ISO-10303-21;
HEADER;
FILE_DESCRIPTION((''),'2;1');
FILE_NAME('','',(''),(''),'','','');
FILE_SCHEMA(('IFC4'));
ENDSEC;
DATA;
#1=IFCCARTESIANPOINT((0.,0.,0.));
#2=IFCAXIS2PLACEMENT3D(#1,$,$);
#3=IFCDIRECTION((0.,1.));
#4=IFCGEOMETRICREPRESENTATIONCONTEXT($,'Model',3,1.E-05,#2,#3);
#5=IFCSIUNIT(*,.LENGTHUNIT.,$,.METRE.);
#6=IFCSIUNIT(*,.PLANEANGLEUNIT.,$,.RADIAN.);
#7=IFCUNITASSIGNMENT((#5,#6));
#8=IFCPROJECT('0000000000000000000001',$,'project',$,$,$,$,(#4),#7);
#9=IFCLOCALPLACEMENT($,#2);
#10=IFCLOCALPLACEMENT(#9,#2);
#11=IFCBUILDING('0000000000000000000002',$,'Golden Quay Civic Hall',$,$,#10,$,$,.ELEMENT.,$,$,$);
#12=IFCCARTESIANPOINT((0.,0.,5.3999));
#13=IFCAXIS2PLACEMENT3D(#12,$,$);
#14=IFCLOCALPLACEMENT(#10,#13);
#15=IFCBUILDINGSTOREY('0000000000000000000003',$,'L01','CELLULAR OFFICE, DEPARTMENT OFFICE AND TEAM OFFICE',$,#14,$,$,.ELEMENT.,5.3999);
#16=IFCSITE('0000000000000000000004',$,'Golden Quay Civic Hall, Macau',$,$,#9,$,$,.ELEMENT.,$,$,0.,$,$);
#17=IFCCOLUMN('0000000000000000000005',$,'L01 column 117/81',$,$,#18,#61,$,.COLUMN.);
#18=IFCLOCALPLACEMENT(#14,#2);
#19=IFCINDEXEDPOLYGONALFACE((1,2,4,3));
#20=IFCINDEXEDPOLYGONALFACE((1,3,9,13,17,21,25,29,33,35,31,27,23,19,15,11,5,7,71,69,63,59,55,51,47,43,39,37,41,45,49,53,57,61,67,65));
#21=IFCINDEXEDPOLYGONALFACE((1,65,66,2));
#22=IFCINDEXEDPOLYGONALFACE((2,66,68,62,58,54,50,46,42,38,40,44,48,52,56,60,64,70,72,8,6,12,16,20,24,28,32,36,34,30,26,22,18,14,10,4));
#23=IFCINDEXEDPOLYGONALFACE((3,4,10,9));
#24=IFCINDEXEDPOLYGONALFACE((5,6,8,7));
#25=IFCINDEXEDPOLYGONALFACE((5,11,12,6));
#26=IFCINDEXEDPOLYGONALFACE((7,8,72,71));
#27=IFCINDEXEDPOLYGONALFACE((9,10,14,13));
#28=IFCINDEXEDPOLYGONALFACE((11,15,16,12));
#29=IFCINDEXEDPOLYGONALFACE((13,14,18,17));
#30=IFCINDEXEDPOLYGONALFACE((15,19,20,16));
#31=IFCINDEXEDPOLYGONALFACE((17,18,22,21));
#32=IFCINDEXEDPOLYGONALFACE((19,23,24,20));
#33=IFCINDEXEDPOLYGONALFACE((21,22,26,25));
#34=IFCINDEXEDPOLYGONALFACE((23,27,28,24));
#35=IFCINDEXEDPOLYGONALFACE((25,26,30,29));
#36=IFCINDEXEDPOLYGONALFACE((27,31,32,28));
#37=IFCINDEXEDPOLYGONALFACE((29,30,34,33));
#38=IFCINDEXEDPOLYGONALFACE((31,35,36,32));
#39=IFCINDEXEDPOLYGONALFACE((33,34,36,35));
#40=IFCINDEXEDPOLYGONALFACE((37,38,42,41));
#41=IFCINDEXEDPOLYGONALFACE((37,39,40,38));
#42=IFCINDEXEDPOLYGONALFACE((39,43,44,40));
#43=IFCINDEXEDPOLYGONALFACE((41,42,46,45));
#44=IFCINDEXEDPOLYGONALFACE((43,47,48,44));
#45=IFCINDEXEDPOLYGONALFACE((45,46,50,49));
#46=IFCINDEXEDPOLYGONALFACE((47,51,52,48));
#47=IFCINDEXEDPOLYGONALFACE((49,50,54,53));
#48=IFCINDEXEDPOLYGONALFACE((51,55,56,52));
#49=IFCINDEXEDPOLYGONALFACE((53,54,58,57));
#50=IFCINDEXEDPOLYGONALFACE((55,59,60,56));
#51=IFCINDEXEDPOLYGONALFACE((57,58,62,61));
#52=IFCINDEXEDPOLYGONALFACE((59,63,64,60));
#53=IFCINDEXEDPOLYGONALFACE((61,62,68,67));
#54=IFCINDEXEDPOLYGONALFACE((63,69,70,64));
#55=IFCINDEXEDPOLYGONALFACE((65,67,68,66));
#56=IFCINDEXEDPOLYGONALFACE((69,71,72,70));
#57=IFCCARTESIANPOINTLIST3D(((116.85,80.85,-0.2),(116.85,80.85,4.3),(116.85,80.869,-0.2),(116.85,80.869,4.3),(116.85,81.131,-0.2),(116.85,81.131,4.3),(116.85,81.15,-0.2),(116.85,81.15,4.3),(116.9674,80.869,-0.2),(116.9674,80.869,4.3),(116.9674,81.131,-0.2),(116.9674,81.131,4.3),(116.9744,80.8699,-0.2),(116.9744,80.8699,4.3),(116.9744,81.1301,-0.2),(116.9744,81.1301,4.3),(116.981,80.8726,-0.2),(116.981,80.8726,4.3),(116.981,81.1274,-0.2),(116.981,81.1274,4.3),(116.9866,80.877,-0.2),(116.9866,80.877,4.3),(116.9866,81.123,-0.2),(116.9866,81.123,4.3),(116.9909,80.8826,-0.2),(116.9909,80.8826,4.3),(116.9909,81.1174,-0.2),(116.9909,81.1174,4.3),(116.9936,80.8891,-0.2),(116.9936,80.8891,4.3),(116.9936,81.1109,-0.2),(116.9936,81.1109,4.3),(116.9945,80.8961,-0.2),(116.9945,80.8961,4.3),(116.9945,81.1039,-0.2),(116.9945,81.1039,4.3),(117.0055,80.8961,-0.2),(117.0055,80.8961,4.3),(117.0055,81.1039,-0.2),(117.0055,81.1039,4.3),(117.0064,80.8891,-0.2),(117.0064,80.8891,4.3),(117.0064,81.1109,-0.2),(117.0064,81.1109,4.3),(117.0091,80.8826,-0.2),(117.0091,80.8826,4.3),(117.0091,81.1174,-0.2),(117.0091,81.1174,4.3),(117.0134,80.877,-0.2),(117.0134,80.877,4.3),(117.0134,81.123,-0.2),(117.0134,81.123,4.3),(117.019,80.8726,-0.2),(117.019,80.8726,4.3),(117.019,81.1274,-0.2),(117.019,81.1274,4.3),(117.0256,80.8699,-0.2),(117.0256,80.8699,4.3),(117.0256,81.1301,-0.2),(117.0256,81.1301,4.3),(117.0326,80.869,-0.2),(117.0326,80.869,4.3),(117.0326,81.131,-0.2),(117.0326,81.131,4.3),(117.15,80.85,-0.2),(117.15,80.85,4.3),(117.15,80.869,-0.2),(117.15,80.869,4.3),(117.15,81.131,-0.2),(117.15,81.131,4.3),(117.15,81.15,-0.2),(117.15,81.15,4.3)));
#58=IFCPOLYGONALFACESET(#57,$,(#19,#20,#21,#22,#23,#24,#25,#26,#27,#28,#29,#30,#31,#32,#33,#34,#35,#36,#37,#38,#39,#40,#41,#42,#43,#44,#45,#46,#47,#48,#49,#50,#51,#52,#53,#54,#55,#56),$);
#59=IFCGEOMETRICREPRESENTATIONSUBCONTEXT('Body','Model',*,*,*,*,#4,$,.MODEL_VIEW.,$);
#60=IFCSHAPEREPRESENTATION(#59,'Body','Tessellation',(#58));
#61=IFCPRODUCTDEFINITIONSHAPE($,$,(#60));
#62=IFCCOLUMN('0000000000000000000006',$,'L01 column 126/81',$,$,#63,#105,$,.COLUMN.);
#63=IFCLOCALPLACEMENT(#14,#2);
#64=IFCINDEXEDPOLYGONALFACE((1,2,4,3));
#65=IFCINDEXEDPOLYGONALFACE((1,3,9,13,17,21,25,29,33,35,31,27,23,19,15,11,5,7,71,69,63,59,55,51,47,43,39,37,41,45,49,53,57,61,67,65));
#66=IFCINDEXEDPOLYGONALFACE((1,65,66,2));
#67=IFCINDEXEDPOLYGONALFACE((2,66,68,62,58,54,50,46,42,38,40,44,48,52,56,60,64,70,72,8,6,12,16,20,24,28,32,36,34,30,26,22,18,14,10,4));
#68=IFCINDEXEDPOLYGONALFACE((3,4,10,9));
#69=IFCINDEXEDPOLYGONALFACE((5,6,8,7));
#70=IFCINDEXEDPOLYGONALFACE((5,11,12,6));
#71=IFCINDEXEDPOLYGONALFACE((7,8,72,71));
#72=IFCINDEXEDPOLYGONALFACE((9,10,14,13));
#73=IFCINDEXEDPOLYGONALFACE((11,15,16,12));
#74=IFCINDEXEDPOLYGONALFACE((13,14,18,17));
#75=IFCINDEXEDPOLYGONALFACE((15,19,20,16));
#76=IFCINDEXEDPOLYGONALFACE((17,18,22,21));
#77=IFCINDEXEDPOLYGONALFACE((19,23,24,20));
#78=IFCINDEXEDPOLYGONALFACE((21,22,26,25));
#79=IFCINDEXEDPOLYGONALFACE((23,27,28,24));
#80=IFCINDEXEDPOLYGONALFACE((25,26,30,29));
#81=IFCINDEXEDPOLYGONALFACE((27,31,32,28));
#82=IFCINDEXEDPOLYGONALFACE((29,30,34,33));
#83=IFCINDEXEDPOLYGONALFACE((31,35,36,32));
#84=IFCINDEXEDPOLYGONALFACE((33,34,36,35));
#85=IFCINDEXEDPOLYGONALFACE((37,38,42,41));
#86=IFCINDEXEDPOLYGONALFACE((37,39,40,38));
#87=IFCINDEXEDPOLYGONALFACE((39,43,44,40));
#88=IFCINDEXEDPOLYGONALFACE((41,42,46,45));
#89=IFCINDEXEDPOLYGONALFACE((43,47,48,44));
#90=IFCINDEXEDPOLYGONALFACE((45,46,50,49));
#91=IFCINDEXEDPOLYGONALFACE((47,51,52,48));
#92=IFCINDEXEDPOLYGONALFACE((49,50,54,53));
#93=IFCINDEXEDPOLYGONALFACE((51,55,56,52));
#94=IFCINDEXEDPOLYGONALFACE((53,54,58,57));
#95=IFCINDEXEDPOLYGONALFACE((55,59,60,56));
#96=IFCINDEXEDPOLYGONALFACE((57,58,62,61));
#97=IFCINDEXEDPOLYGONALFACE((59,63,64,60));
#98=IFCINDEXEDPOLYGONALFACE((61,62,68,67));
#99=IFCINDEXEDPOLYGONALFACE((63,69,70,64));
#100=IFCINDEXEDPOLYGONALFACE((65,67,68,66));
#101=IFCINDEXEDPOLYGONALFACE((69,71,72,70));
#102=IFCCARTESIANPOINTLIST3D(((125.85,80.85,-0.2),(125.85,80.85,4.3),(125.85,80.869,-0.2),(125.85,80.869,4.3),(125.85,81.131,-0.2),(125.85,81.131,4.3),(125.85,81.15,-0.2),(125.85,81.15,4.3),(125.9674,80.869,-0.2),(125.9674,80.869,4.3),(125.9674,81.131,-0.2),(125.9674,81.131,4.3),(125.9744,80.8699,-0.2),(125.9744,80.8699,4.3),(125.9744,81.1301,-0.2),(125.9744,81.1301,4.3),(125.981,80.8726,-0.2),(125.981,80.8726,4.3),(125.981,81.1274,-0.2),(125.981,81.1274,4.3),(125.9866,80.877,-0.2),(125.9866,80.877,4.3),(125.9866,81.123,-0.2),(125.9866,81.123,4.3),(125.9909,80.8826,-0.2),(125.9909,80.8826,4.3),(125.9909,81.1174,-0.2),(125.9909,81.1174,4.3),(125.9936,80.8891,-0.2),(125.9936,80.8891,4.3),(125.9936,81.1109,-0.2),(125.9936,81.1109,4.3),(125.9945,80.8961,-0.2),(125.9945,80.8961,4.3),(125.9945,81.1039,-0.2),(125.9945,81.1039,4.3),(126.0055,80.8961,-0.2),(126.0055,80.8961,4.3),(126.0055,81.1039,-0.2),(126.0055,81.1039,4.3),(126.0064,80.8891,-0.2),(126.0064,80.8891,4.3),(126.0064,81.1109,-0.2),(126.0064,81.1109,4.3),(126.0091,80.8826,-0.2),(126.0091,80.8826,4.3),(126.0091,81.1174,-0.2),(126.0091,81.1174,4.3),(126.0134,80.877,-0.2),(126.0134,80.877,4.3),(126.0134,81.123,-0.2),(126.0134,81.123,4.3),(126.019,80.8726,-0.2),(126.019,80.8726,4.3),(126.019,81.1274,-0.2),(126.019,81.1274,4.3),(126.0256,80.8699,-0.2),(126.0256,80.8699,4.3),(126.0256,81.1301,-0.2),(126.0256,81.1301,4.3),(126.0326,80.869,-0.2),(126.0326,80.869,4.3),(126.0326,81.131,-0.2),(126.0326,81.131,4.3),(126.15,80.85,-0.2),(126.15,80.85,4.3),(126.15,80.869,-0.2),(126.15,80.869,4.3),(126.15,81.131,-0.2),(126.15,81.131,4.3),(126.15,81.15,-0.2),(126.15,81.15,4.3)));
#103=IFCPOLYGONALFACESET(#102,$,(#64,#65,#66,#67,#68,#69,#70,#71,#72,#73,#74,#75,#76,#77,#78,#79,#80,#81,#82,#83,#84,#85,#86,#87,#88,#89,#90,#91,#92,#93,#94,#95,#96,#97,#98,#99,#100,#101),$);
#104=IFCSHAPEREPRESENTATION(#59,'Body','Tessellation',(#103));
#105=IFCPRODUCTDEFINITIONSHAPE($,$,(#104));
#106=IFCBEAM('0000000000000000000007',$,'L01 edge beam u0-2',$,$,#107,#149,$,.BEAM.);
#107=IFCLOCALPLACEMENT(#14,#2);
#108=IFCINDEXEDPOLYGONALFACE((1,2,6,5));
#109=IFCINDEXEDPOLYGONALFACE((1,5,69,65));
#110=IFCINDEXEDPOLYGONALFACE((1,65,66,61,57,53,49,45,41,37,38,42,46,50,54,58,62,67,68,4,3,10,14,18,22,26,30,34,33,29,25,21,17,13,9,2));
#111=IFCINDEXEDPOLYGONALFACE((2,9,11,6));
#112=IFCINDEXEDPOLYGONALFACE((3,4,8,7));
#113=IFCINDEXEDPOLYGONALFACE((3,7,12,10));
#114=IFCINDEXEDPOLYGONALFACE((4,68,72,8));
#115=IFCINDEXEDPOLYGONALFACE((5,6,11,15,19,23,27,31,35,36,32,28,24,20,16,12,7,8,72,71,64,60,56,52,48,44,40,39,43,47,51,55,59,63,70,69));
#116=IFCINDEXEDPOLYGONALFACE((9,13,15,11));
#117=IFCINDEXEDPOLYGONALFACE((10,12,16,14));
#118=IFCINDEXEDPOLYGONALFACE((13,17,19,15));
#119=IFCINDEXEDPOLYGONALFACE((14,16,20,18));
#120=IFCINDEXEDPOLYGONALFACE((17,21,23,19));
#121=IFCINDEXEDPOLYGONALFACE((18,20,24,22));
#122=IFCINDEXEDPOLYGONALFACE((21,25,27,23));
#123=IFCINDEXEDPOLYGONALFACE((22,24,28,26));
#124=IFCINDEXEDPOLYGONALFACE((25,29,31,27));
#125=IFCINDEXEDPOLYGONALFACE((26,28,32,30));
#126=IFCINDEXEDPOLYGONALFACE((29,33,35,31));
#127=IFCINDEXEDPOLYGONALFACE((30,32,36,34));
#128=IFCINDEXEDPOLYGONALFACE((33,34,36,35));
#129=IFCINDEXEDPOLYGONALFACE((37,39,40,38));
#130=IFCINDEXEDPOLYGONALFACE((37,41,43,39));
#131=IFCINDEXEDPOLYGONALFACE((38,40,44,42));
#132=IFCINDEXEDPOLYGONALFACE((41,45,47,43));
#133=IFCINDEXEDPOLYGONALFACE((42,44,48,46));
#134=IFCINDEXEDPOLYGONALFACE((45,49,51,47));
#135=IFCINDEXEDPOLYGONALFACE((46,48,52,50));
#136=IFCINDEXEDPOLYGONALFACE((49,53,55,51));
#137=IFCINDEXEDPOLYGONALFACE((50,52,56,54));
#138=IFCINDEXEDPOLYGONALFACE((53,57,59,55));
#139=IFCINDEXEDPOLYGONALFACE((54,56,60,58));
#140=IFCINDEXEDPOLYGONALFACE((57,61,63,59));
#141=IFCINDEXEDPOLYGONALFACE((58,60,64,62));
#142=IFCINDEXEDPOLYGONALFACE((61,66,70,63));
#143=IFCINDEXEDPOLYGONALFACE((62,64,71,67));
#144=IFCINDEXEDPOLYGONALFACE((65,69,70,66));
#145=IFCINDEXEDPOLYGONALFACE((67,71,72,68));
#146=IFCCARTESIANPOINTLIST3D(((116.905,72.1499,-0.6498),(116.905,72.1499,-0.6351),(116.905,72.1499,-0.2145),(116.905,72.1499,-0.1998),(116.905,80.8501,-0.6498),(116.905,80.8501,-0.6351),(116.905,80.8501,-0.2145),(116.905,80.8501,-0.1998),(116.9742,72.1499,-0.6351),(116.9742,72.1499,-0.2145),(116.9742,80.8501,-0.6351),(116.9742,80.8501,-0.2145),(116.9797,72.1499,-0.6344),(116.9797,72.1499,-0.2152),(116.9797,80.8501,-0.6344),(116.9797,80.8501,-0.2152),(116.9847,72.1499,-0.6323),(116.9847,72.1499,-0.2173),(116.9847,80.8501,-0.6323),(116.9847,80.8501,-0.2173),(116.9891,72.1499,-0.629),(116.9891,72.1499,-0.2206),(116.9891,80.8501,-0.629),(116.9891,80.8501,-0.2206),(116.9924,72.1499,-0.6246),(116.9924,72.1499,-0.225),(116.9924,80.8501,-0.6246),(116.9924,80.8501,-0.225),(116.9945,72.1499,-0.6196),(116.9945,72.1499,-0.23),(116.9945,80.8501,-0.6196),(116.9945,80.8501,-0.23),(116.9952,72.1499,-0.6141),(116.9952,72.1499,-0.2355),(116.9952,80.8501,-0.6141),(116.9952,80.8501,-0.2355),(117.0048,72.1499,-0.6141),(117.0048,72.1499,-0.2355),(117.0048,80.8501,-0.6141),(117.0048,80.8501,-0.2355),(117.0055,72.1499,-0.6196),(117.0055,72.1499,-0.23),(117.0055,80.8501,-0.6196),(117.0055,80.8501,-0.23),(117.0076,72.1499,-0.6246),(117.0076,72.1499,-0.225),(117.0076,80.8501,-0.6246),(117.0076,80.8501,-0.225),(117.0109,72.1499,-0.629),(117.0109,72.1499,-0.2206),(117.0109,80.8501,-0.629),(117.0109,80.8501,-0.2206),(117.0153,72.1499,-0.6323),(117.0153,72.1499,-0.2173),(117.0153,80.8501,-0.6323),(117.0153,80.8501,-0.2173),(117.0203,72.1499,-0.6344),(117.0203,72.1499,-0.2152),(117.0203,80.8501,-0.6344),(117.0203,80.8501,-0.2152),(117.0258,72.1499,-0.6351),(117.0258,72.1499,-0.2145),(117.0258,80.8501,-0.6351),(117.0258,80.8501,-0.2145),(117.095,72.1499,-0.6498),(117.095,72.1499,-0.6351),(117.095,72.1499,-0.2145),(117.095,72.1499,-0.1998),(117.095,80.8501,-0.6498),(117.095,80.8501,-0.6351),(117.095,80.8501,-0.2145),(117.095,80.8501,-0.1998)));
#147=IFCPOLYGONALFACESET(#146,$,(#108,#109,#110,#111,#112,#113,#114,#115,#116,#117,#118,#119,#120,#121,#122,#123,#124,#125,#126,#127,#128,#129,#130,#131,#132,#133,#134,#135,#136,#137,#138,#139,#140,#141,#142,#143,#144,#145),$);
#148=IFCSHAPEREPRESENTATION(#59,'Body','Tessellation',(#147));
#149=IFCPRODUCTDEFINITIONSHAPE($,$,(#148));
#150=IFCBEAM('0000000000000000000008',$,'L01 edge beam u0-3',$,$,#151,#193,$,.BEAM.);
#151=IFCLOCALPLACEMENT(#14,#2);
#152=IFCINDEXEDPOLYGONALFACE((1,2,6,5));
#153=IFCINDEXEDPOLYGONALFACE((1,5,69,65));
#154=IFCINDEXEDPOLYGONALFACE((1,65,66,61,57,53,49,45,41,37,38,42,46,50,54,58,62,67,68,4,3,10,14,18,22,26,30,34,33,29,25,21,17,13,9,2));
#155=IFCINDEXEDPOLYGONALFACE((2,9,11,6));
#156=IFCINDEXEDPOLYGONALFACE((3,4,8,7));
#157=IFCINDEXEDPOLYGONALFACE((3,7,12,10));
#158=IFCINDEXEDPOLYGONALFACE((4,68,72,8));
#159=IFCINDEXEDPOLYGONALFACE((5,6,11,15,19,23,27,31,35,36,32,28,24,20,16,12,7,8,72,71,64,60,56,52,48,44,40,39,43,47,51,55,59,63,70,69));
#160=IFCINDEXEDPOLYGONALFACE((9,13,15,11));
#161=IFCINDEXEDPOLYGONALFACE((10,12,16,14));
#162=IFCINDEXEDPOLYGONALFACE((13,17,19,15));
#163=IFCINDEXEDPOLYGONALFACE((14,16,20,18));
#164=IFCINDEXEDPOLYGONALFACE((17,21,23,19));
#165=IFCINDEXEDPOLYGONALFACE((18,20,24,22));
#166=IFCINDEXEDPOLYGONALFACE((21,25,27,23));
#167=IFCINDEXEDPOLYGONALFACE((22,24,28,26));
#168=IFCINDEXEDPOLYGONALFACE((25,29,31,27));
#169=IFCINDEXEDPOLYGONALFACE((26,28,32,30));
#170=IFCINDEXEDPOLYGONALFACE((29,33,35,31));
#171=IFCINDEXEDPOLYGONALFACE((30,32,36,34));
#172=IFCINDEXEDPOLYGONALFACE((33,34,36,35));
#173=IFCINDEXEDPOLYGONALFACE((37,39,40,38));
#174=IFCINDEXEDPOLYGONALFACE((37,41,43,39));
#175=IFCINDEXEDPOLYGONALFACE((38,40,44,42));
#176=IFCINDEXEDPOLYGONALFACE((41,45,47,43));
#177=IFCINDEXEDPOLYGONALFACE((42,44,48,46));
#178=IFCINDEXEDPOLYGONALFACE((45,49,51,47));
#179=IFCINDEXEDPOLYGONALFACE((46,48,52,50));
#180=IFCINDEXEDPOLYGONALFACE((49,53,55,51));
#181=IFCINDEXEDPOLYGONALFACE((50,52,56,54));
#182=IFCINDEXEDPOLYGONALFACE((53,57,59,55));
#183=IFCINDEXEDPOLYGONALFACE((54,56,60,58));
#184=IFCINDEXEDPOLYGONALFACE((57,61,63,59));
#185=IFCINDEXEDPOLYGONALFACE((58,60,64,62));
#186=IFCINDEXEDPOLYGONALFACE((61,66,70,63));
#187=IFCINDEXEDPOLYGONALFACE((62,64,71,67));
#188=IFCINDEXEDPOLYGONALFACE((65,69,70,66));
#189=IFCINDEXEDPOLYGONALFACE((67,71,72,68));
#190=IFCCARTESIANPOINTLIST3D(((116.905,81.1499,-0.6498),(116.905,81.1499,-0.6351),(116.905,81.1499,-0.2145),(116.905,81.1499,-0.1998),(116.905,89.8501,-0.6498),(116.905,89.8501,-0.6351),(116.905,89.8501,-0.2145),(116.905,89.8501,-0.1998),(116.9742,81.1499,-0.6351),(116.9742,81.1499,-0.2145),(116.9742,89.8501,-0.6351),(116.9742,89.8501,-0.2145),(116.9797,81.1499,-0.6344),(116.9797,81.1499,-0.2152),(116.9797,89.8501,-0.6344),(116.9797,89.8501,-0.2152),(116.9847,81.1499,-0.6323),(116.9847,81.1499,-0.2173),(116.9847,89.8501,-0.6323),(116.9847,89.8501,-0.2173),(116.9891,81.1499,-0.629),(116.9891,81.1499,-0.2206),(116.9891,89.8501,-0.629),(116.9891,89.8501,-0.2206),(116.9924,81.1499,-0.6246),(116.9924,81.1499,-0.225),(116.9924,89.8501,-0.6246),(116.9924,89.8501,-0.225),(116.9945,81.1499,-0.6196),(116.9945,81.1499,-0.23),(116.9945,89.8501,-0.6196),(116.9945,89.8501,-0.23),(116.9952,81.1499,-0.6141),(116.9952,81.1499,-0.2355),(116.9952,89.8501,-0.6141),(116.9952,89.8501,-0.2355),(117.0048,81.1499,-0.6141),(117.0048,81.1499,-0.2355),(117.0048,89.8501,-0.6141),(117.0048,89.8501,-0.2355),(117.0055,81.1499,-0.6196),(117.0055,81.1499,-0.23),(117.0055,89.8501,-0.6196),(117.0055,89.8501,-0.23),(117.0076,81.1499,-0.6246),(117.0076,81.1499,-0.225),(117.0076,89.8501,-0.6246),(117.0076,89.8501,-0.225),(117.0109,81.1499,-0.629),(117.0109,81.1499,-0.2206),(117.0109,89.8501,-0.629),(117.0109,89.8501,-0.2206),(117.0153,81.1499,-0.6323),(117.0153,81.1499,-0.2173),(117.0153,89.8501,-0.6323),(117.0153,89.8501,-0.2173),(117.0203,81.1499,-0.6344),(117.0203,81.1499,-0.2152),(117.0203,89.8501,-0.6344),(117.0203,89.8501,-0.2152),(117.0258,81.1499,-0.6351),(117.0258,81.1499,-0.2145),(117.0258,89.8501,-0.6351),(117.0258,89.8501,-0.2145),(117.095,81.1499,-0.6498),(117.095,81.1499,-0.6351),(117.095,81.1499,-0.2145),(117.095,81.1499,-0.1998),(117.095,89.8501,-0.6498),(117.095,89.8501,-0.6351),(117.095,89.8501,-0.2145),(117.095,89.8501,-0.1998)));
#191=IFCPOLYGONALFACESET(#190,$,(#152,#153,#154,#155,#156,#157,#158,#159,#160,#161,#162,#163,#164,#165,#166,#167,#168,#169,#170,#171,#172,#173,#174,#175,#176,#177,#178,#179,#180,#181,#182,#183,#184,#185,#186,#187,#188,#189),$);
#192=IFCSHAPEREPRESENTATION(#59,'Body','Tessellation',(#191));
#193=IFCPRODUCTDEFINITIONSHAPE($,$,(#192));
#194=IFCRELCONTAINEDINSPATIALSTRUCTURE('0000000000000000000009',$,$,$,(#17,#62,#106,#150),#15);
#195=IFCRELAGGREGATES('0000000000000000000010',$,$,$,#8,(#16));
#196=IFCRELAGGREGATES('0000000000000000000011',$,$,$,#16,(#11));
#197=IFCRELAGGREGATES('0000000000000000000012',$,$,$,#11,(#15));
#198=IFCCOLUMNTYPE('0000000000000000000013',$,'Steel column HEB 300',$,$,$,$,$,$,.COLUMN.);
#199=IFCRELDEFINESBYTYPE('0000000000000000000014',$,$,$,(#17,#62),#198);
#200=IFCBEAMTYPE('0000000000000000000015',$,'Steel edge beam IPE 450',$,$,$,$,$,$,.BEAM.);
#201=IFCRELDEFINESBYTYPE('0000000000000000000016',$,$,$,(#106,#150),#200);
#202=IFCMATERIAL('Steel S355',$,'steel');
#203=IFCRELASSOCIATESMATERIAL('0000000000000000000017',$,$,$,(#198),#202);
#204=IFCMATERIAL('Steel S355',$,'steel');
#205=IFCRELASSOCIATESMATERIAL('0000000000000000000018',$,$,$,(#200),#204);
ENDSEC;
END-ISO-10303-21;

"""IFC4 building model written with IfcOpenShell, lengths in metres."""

from ifc_helpers import new_model, si_unit, direction, frame, origin, origin_2d, place, context, subcontext, project, spatial, i_section, extrude, material, material_profile, profile_set, type_object, element, save


model = new_model("IFC4")

# Units and contexts
model_context = context("Model", 3, precision=1e-05, world=origin(), true_north=direction((0.0, 1.0)))
body_context = subcontext(model_context, "Body", "Model", "MODEL_VIEW")
ifc_project = project(units=[si_unit("LENGTHUNIT", "METRE"), si_unit("PLANEANGLEUNIT", "RADIAN")], contexts=[model_context])

# Site, building, storey
site_placement = place(None, origin())
site = spatial("IfcSite", under=ifc_project, at=site_placement, Name="Golden Quay Civic Hall, Macau", CompositionType="ELEMENT", RefElevation=0.0)
building_placement = place(site_placement, origin())
building = spatial("IfcBuilding", under=site, at=building_placement, Name="Golden Quay Civic Hall", CompositionType="ELEMENT")
storey_placement = place(building_placement, frame((0.0, 0.0, 5.3999)))
storey = spatial("IfcBuildingStorey", under=building, at=storey_placement, Name="L01", Description="CELLULAR OFFICE, DEPARTMENT OFFICE AND TEAM OFFICE", CompositionType="ELEMENT", Elevation=5.3999)

# Columns
ifc_material_1 = material(Name="Steel S355", Category="steel")
ifc_material_profile_1 = material_profile(ifc_material_1, i_section(OverallWidth=0.3, OverallDepth=0.3, WebThickness=0.011, FlangeThickness=0.019, FilletRadius=0.0271, at=origin_2d()), Name="HEB 300")
ifc_profile_set_1 = profile_set([ifc_material_profile_1], Name="Steel S355")
column_type = type_object("IfcColumnType", Name="Steel column HEB 300", PredefinedType="COLUMN", material=ifc_profile_set_1)
for number, where, z_axis, x_axis, name in (
    (1, (117.0, 81.0, -0.2), (0.0, 0.0, 1.0), (1.0, 0.0, 0.0), "L01 column 117/81"),
    (2, (126.0, 81.0, -0.2), (0.0, 0.0, 1.0), (1.0, 0.0, 0.0), "L01 column 126/81"),
):
    element("IfcColumn", number, at=place(storey_placement, frame(where, z_axis=z_axis, x_axis=x_axis)), inside=storey, type_object=column_type, Name=name, PredefinedType="COLUMN", context=body_context, shape_type="SweptSolid", body=[
        extrude(i_section(OverallWidth=0.3, OverallDepth=0.3, WebThickness=0.011, FlangeThickness=0.019, FilletRadius=0.0271, at=origin_2d()), origin(), (0.0, 0.0, 1.0), 4.5),
    ])

# Beams
ifc_material_2 = material(Name="Steel S355", Category="steel")
ifc_material_profile_2 = material_profile(ifc_material_2, i_section(OverallWidth=0.1899, OverallDepth=0.45, WebThickness=0.0095, FlangeThickness=0.0146, FilletRadius=0.021, at=origin_2d()), Name="IPE 450")
ifc_profile_set_2 = profile_set([ifc_material_profile_2], Name="Steel S355")
beam_type_1 = type_object("IfcBeamType", Name="Steel edge beam IPE 450", PredefinedType="BEAM", material=ifc_profile_set_2)
for number, where, z_axis, x_axis, name in (
    (3, (117.0, 72.1499, -0.4248), (0.0, 1.0, 0.0), (-1.0, 0.0, 0.0), "L01 edge beam u0-2"),
    (4, (117.0, 81.1499, -0.4248), (0.0, 1.0, 0.0), (-1.0, 0.0, 0.0), "L01 edge beam u0-3"),
):
    element("IfcBeam", number, at=place(storey_placement, frame(where, z_axis=z_axis, x_axis=x_axis)), inside=storey, type_object=beam_type_1, Name=name, PredefinedType="BEAM", context=body_context, shape_type="SweptSolid", body=[
        extrude(i_section(OverallWidth=0.1899, OverallDepth=0.45, WebThickness=0.0095, FlangeThickness=0.0146, FilletRadius=0.021, at=origin_2d()), origin(), (0.0, 0.0, 1.0), 8.7002),
    ])

save(model, "model.ifc")
